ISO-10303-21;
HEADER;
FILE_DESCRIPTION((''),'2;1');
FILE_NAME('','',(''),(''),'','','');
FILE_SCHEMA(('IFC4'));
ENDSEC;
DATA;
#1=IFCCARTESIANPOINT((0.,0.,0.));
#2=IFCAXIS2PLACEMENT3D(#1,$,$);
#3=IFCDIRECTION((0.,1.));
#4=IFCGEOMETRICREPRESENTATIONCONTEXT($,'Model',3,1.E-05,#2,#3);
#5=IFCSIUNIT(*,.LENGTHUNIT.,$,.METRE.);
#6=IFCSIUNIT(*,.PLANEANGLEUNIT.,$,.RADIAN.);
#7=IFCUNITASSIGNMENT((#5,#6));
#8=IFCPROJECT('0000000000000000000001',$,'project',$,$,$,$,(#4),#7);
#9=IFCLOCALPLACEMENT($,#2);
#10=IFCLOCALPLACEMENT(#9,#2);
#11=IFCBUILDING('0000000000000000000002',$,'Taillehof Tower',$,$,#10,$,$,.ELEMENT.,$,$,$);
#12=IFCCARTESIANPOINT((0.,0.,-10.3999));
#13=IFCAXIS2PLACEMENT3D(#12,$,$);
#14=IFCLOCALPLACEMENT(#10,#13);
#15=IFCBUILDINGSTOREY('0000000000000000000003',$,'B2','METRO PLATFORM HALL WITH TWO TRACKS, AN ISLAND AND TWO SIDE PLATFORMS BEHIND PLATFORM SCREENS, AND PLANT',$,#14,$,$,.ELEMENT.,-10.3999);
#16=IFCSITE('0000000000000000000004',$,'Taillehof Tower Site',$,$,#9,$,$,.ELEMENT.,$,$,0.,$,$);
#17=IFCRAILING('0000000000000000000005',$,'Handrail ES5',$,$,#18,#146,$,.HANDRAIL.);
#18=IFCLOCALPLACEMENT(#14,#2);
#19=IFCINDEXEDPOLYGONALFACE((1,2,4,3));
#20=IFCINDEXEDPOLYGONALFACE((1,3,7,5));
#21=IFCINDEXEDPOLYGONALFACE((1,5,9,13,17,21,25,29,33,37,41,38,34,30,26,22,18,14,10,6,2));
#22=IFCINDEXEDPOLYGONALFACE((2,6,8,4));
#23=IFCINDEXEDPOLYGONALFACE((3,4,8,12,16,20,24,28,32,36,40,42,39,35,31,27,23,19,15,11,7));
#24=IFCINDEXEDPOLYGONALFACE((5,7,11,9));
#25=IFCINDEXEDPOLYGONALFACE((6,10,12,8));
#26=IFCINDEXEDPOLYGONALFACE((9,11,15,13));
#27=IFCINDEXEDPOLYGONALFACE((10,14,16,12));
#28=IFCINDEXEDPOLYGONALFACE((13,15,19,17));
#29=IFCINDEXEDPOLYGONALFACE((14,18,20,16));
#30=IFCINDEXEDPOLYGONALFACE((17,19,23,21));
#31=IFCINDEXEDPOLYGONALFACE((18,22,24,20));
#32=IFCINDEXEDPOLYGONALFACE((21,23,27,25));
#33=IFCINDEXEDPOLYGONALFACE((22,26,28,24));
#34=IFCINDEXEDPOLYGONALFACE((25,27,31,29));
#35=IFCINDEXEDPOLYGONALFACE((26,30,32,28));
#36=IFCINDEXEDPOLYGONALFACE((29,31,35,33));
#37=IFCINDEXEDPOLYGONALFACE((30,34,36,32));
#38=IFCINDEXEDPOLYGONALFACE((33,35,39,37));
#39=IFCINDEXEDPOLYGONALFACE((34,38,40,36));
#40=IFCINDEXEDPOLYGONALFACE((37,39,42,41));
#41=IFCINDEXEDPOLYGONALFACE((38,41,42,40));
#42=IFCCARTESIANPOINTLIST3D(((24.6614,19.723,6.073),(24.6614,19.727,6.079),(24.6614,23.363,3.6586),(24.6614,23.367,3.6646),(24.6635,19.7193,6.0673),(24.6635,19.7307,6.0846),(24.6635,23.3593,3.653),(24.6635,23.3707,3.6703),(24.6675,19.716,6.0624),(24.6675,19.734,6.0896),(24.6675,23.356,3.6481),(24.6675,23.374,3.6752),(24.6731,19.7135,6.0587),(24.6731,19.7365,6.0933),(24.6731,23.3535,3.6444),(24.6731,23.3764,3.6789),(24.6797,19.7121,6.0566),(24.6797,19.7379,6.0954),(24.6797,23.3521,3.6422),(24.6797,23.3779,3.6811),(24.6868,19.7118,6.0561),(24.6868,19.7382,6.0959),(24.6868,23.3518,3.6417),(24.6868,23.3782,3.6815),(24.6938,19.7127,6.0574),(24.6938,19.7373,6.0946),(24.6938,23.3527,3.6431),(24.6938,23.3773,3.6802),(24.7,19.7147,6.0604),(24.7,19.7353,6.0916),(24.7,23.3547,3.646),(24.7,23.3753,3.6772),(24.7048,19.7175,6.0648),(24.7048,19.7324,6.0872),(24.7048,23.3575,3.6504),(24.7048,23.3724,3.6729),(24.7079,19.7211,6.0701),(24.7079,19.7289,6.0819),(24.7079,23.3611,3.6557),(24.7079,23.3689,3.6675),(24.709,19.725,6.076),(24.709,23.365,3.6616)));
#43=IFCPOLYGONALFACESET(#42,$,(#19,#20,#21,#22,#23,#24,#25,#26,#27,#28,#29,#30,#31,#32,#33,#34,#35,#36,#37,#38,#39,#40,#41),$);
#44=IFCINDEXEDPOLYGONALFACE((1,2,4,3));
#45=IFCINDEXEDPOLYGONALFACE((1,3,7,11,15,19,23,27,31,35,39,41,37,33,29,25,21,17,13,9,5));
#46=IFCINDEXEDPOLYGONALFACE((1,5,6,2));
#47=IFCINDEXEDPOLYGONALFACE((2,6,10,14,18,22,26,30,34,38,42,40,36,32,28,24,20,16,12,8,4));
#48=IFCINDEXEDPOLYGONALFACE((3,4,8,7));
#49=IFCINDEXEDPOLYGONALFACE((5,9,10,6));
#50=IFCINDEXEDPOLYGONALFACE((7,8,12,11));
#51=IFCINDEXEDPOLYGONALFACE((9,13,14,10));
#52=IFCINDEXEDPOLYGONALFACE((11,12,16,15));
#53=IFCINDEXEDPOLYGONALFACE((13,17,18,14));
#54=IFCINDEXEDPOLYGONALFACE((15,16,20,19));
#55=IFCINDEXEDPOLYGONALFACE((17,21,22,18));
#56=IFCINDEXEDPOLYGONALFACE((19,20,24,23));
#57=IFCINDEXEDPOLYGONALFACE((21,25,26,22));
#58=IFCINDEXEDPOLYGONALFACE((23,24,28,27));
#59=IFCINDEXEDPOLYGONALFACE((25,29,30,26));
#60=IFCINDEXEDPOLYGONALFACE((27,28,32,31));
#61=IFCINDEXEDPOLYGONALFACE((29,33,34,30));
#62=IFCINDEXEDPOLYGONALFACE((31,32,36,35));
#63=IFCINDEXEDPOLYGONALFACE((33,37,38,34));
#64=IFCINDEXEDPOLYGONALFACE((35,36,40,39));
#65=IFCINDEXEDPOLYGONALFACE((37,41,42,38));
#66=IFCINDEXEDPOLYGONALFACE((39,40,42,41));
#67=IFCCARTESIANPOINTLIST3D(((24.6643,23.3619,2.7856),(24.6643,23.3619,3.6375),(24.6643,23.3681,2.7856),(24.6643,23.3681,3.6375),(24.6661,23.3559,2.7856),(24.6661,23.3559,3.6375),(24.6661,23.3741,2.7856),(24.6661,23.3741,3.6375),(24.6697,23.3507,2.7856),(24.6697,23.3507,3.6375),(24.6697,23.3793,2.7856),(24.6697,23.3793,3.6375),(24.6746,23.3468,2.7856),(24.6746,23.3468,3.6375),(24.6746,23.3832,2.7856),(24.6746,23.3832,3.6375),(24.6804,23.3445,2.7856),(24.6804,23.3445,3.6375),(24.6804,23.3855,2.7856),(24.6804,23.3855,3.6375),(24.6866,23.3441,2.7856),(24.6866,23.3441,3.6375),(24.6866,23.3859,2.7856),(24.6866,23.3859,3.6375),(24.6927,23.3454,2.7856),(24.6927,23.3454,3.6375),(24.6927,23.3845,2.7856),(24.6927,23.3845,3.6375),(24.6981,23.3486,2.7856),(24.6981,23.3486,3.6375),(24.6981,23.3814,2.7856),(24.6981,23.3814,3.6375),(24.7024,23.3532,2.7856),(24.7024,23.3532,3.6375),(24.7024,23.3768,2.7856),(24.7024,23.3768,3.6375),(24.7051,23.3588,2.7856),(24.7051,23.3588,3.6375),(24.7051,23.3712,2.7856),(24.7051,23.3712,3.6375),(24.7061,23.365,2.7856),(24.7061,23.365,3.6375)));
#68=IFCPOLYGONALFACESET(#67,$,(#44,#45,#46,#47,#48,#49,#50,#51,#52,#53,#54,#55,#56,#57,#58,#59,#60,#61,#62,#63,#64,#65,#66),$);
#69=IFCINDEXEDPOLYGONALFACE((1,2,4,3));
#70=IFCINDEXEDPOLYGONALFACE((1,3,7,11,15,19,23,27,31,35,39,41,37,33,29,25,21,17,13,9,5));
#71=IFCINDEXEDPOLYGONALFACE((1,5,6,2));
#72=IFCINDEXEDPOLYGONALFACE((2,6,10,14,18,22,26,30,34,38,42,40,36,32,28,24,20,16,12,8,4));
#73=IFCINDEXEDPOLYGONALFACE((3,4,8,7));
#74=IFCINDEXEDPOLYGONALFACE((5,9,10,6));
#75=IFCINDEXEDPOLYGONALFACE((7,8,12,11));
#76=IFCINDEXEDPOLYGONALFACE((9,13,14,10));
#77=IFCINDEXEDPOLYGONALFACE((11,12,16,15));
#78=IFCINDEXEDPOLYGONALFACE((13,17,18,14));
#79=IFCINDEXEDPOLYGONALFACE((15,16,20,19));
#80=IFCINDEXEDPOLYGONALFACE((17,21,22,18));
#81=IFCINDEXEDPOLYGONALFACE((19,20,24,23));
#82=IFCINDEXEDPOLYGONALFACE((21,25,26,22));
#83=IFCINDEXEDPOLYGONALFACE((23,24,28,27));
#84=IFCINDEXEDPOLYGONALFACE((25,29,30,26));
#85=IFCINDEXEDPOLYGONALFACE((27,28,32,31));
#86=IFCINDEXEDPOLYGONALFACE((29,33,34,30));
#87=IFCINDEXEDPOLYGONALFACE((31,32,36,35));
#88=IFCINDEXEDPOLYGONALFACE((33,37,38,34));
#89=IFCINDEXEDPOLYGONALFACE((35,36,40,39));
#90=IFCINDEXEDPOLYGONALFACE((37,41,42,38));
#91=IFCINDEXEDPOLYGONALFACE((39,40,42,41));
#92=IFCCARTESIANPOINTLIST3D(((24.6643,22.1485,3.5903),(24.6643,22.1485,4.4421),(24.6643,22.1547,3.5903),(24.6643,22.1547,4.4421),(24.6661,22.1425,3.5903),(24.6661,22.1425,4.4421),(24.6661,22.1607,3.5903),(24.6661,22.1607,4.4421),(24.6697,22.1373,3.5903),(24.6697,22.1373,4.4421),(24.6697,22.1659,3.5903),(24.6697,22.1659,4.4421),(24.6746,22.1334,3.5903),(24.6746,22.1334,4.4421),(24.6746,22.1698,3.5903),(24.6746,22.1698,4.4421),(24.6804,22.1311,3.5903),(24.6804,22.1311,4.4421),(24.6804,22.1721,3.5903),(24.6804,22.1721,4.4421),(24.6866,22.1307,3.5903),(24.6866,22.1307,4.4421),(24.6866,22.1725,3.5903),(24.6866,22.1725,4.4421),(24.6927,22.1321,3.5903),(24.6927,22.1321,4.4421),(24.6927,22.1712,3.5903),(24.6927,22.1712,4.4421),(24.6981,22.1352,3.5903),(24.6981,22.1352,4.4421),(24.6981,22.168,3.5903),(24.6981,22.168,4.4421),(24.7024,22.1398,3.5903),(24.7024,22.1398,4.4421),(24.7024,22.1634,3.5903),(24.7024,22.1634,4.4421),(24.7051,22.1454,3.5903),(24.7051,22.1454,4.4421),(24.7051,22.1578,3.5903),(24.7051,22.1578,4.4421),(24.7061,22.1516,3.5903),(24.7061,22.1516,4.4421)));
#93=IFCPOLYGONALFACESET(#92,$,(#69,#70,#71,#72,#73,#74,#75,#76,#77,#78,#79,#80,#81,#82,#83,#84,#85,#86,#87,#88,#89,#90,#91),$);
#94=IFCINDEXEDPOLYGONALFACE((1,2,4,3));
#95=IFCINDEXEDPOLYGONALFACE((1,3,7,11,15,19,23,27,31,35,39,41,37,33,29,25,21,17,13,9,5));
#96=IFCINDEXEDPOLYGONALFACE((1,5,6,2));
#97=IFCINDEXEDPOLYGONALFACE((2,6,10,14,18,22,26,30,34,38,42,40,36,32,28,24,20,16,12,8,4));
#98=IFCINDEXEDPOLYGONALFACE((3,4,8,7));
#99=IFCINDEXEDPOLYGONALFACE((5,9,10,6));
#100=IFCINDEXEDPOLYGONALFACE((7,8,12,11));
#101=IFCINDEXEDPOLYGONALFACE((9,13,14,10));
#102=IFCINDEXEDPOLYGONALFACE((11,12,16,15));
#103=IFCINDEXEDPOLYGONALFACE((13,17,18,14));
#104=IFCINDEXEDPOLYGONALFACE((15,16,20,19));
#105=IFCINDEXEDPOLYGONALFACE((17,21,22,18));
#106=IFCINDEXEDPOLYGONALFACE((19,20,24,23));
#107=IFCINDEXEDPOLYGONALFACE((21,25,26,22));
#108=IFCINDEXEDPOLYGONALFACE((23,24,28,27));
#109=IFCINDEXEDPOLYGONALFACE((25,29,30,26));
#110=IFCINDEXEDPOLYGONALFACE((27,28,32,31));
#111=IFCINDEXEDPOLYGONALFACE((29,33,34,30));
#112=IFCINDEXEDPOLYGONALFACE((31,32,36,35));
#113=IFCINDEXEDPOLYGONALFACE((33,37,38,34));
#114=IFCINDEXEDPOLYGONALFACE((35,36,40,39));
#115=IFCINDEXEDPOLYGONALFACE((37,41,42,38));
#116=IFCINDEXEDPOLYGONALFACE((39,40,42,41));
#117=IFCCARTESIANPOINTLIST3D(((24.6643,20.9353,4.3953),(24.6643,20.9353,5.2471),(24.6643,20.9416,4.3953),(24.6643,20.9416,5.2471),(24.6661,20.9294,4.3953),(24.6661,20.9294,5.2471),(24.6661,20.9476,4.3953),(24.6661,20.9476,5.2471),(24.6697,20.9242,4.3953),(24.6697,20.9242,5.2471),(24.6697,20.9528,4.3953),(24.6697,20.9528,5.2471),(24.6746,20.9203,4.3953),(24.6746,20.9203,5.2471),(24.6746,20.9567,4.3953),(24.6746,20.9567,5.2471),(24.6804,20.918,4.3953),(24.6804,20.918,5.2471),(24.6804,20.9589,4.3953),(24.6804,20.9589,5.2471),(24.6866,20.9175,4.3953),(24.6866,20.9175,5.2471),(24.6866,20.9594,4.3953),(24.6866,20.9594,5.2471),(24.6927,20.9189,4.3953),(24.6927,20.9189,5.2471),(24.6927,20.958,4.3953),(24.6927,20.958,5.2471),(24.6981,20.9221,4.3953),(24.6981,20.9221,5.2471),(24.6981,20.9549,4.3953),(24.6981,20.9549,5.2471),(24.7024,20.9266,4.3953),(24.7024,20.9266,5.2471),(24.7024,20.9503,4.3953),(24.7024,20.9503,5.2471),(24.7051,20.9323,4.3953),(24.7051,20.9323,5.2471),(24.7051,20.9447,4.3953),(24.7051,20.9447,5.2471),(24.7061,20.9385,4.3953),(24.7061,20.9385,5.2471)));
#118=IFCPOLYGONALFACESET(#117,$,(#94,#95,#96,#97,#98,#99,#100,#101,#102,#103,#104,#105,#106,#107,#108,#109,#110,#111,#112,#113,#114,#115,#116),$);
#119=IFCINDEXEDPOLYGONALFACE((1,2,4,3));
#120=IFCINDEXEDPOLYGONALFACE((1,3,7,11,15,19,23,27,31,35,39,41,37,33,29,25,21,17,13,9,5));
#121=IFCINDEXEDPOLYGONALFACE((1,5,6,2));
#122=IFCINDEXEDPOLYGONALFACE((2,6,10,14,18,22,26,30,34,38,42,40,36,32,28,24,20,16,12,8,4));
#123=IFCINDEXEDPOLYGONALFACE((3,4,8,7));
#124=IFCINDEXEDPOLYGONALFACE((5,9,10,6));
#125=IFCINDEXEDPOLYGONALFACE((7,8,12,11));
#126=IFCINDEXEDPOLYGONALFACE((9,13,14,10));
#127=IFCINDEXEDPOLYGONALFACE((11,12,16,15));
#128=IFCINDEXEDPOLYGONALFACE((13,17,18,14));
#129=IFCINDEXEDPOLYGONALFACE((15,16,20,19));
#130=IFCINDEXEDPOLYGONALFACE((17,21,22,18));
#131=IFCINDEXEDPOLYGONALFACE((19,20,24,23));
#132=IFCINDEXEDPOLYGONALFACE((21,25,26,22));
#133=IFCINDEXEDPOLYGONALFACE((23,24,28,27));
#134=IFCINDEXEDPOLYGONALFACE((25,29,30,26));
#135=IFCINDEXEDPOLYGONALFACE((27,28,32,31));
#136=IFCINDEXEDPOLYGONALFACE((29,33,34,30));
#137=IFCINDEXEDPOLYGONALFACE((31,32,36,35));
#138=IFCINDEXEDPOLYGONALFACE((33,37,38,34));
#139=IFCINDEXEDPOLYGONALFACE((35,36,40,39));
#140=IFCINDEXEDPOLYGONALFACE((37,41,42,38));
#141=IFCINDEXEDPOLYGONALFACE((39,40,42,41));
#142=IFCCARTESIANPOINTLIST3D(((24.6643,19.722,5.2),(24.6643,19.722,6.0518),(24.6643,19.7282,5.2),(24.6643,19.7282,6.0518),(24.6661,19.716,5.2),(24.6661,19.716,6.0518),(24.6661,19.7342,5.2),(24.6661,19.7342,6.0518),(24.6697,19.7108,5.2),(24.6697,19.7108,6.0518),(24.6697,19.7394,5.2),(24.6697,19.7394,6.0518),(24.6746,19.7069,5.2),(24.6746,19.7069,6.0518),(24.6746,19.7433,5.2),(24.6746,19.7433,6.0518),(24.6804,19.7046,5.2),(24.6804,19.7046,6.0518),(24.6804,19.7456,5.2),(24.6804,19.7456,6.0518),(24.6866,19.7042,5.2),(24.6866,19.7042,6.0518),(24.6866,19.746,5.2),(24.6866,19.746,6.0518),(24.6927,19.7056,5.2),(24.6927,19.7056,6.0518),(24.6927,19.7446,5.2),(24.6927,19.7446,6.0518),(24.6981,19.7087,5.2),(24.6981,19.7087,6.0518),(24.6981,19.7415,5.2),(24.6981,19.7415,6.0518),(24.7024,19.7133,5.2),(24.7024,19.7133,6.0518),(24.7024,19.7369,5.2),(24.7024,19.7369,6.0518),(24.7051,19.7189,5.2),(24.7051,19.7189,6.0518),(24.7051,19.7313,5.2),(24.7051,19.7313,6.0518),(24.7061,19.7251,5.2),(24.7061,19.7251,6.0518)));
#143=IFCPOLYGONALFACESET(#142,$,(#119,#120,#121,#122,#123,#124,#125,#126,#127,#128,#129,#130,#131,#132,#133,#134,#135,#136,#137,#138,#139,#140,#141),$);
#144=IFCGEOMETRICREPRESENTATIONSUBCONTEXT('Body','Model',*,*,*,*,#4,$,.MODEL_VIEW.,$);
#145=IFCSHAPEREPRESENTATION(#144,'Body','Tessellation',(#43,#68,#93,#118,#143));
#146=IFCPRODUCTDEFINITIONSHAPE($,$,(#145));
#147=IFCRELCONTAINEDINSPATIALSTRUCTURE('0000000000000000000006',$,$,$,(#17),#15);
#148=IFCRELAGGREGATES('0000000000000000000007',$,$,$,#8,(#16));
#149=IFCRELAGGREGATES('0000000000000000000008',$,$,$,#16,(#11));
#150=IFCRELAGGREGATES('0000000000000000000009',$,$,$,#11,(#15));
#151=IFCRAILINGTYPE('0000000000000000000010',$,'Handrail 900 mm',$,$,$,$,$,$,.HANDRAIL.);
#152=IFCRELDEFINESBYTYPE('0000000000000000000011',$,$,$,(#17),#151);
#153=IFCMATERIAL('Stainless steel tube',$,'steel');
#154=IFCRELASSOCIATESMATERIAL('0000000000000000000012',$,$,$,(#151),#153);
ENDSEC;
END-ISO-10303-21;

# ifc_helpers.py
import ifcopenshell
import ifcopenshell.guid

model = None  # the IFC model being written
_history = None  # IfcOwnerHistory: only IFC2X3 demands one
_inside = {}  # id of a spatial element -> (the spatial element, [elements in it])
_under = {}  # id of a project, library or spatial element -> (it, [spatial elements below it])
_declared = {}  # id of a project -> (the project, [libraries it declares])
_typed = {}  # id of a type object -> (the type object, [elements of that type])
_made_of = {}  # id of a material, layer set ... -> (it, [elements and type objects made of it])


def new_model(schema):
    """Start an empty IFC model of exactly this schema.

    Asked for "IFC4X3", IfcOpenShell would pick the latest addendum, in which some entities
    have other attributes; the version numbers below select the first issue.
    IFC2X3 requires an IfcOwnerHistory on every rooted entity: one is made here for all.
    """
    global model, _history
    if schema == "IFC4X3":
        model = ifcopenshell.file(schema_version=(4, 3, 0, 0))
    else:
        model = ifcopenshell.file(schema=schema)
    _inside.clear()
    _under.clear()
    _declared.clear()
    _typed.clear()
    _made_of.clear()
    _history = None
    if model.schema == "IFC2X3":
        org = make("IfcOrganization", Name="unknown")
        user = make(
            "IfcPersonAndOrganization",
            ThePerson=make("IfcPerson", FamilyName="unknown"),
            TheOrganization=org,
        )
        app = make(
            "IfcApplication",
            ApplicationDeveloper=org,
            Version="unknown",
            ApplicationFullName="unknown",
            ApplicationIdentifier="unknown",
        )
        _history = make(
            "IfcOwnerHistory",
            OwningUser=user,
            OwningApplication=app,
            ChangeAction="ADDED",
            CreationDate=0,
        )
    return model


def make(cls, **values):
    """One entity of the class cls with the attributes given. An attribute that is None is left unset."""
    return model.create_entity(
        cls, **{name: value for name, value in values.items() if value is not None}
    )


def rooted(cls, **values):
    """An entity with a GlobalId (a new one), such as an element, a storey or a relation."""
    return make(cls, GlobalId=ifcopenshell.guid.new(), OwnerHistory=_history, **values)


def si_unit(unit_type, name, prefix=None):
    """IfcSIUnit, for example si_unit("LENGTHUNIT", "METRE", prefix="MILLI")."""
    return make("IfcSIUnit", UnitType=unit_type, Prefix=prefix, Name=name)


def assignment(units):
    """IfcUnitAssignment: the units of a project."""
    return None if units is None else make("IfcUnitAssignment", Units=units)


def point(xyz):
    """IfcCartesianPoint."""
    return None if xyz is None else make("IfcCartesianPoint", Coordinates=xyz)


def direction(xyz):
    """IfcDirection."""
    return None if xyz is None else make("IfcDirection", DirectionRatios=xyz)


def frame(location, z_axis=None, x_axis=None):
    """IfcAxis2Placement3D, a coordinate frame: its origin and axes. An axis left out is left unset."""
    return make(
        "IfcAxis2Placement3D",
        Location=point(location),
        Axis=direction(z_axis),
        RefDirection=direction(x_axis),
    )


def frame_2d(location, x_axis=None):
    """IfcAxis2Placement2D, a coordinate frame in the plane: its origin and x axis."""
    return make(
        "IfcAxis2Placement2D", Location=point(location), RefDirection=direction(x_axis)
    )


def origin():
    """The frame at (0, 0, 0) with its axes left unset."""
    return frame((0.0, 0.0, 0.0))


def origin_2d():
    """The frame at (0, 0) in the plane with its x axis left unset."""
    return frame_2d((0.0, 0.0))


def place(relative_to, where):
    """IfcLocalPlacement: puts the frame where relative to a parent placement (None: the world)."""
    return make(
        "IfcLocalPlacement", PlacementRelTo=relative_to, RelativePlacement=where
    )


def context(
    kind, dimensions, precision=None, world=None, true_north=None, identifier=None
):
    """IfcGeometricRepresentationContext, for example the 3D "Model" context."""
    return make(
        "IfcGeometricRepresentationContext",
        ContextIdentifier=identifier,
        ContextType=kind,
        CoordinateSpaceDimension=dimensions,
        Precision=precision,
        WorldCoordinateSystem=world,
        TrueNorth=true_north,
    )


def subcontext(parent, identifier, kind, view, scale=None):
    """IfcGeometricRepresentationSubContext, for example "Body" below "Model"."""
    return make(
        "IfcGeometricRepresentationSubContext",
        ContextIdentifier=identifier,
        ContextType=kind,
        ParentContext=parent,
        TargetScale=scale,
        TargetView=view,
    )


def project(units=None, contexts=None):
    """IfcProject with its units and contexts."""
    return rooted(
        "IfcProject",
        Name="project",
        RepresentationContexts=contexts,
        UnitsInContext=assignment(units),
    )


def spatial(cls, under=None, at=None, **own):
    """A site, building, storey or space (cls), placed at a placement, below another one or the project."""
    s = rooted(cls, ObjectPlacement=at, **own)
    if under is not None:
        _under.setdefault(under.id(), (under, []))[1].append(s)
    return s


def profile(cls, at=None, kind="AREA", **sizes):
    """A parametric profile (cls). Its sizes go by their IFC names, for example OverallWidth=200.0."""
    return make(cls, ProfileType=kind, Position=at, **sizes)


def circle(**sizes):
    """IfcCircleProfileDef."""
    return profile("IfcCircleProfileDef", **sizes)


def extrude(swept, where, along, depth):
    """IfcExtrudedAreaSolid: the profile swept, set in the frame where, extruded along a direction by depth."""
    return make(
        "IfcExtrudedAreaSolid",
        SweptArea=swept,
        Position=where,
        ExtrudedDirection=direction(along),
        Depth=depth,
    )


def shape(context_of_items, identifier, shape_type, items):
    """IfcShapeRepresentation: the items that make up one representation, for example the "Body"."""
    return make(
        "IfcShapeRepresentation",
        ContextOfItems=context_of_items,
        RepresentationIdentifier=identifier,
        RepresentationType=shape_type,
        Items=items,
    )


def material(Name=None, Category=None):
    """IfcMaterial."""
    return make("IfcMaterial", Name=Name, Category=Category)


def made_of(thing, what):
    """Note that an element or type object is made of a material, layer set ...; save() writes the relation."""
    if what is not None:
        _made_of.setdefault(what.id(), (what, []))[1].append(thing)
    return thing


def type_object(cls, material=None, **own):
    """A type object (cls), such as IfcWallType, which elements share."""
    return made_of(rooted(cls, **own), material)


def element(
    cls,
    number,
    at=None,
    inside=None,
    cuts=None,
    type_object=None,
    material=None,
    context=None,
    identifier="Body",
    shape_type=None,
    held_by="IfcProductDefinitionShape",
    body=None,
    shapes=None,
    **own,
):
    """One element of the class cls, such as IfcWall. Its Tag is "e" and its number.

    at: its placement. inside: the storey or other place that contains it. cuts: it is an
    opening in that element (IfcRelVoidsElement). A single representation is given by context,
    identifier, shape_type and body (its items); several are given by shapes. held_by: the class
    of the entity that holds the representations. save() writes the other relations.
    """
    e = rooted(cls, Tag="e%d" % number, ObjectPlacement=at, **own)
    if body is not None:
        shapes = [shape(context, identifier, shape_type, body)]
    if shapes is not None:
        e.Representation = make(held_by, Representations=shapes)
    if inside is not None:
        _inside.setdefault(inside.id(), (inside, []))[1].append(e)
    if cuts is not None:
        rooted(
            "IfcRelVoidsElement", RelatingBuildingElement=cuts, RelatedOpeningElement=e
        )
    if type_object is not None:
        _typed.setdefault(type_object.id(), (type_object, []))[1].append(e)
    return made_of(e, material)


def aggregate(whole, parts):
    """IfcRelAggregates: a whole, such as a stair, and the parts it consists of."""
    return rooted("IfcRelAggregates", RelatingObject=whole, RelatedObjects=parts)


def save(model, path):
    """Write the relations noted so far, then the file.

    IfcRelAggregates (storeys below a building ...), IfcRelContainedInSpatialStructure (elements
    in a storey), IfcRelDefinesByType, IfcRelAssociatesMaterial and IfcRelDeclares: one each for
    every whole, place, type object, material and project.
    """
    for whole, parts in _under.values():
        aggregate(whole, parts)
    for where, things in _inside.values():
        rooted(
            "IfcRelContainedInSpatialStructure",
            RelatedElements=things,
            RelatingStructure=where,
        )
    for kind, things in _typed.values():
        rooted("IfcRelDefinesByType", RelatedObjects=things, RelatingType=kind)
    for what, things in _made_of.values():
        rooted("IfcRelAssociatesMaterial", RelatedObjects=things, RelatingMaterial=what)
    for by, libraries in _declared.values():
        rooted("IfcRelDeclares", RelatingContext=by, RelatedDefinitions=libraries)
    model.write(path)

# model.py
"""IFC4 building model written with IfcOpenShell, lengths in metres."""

from ifc_helpers import new_model, si_unit, direction, frame, origin, origin_2d, place, context, subcontext, project, spatial, circle, extrude, material, type_object, element, save


model = new_model("IFC4")

# Units and contexts
model_context = context("Model", 3, precision=1e-05, world=origin(), true_north=direction((0.0, 1.0)))
body_context = subcontext(model_context, "Body", "Model", "MODEL_VIEW")
ifc_project = project(units=[si_unit("LENGTHUNIT", "METRE"), si_unit("PLANEANGLEUNIT", "RADIAN")], contexts=[model_context])

# Site, building, storey
site_placement = place(None, origin())
site = spatial("IfcSite", under=ifc_project, at=site_placement, Name="Taillehof Tower Site", CompositionType="ELEMENT", RefElevation=0.0)
building_placement = place(site_placement, origin())
building = spatial("IfcBuilding", under=site, at=building_placement, Name="Taillehof Tower", CompositionType="ELEMENT")
storey_placement = place(building_placement, frame((0.0, 0.0, -10.3999)))
storey = spatial("IfcBuildingStorey", under=building, at=storey_placement, Name="B2", Description="METRO PLATFORM HALL WITH TWO TRACKS, AN ISLAND AND TWO SIDE PLATFORMS BEHIND PLATFORM SCREENS, AND PLANT", CompositionType="ELEMENT", Elevation=-10.3999)

# Railing
ifc_material_1 = material(Name="Stainless steel tube", Category="steel")
railing_type = type_object("IfcRailingType", Name="Handrail 900 mm", PredefinedType="HANDRAIL", material=ifc_material_1)
for number, where, name in (
    (1, (24.6851, 23.365, 2.7856), "Handrail ES5"),
):
    element("IfcRailing", number, at=place(storey_placement, frame(where)), inside=storey, type_object=railing_type, Name=name, PredefinedType="HANDRAIL", context=body_context, shape_type="SweptSolid", body=[
        extrude(circle(Radius=0.0239, at=origin_2d()), frame((0.0, 0.0, 0.876), z_axis=(0.0, -0.833347, 0.552751), x_axis=(1.0, 0.0, 0.0)), (0.0, 0.0, 1.0), 4.3679),
        extrude(circle(Radius=0.021, at=origin_2d()), origin(), (0.0, 0.0, 1.0), 0.8518),
        extrude(circle(Radius=0.021, at=origin_2d()), frame((0.0, -1.2134, 0.8047)), (0.0, 0.0, 1.0), 0.8518),
        extrude(circle(Radius=0.021, at=origin_2d()), frame((0.0, -2.4265, 1.6096)), (0.0, 0.0, 1.0), 0.8518),
        extrude(circle(Radius=0.021, at=origin_2d()), frame((0.0, -3.6399, 2.4143)), (0.0, 0.0, 1.0), 0.8518),
    ])

save(model, "model.ifc")
